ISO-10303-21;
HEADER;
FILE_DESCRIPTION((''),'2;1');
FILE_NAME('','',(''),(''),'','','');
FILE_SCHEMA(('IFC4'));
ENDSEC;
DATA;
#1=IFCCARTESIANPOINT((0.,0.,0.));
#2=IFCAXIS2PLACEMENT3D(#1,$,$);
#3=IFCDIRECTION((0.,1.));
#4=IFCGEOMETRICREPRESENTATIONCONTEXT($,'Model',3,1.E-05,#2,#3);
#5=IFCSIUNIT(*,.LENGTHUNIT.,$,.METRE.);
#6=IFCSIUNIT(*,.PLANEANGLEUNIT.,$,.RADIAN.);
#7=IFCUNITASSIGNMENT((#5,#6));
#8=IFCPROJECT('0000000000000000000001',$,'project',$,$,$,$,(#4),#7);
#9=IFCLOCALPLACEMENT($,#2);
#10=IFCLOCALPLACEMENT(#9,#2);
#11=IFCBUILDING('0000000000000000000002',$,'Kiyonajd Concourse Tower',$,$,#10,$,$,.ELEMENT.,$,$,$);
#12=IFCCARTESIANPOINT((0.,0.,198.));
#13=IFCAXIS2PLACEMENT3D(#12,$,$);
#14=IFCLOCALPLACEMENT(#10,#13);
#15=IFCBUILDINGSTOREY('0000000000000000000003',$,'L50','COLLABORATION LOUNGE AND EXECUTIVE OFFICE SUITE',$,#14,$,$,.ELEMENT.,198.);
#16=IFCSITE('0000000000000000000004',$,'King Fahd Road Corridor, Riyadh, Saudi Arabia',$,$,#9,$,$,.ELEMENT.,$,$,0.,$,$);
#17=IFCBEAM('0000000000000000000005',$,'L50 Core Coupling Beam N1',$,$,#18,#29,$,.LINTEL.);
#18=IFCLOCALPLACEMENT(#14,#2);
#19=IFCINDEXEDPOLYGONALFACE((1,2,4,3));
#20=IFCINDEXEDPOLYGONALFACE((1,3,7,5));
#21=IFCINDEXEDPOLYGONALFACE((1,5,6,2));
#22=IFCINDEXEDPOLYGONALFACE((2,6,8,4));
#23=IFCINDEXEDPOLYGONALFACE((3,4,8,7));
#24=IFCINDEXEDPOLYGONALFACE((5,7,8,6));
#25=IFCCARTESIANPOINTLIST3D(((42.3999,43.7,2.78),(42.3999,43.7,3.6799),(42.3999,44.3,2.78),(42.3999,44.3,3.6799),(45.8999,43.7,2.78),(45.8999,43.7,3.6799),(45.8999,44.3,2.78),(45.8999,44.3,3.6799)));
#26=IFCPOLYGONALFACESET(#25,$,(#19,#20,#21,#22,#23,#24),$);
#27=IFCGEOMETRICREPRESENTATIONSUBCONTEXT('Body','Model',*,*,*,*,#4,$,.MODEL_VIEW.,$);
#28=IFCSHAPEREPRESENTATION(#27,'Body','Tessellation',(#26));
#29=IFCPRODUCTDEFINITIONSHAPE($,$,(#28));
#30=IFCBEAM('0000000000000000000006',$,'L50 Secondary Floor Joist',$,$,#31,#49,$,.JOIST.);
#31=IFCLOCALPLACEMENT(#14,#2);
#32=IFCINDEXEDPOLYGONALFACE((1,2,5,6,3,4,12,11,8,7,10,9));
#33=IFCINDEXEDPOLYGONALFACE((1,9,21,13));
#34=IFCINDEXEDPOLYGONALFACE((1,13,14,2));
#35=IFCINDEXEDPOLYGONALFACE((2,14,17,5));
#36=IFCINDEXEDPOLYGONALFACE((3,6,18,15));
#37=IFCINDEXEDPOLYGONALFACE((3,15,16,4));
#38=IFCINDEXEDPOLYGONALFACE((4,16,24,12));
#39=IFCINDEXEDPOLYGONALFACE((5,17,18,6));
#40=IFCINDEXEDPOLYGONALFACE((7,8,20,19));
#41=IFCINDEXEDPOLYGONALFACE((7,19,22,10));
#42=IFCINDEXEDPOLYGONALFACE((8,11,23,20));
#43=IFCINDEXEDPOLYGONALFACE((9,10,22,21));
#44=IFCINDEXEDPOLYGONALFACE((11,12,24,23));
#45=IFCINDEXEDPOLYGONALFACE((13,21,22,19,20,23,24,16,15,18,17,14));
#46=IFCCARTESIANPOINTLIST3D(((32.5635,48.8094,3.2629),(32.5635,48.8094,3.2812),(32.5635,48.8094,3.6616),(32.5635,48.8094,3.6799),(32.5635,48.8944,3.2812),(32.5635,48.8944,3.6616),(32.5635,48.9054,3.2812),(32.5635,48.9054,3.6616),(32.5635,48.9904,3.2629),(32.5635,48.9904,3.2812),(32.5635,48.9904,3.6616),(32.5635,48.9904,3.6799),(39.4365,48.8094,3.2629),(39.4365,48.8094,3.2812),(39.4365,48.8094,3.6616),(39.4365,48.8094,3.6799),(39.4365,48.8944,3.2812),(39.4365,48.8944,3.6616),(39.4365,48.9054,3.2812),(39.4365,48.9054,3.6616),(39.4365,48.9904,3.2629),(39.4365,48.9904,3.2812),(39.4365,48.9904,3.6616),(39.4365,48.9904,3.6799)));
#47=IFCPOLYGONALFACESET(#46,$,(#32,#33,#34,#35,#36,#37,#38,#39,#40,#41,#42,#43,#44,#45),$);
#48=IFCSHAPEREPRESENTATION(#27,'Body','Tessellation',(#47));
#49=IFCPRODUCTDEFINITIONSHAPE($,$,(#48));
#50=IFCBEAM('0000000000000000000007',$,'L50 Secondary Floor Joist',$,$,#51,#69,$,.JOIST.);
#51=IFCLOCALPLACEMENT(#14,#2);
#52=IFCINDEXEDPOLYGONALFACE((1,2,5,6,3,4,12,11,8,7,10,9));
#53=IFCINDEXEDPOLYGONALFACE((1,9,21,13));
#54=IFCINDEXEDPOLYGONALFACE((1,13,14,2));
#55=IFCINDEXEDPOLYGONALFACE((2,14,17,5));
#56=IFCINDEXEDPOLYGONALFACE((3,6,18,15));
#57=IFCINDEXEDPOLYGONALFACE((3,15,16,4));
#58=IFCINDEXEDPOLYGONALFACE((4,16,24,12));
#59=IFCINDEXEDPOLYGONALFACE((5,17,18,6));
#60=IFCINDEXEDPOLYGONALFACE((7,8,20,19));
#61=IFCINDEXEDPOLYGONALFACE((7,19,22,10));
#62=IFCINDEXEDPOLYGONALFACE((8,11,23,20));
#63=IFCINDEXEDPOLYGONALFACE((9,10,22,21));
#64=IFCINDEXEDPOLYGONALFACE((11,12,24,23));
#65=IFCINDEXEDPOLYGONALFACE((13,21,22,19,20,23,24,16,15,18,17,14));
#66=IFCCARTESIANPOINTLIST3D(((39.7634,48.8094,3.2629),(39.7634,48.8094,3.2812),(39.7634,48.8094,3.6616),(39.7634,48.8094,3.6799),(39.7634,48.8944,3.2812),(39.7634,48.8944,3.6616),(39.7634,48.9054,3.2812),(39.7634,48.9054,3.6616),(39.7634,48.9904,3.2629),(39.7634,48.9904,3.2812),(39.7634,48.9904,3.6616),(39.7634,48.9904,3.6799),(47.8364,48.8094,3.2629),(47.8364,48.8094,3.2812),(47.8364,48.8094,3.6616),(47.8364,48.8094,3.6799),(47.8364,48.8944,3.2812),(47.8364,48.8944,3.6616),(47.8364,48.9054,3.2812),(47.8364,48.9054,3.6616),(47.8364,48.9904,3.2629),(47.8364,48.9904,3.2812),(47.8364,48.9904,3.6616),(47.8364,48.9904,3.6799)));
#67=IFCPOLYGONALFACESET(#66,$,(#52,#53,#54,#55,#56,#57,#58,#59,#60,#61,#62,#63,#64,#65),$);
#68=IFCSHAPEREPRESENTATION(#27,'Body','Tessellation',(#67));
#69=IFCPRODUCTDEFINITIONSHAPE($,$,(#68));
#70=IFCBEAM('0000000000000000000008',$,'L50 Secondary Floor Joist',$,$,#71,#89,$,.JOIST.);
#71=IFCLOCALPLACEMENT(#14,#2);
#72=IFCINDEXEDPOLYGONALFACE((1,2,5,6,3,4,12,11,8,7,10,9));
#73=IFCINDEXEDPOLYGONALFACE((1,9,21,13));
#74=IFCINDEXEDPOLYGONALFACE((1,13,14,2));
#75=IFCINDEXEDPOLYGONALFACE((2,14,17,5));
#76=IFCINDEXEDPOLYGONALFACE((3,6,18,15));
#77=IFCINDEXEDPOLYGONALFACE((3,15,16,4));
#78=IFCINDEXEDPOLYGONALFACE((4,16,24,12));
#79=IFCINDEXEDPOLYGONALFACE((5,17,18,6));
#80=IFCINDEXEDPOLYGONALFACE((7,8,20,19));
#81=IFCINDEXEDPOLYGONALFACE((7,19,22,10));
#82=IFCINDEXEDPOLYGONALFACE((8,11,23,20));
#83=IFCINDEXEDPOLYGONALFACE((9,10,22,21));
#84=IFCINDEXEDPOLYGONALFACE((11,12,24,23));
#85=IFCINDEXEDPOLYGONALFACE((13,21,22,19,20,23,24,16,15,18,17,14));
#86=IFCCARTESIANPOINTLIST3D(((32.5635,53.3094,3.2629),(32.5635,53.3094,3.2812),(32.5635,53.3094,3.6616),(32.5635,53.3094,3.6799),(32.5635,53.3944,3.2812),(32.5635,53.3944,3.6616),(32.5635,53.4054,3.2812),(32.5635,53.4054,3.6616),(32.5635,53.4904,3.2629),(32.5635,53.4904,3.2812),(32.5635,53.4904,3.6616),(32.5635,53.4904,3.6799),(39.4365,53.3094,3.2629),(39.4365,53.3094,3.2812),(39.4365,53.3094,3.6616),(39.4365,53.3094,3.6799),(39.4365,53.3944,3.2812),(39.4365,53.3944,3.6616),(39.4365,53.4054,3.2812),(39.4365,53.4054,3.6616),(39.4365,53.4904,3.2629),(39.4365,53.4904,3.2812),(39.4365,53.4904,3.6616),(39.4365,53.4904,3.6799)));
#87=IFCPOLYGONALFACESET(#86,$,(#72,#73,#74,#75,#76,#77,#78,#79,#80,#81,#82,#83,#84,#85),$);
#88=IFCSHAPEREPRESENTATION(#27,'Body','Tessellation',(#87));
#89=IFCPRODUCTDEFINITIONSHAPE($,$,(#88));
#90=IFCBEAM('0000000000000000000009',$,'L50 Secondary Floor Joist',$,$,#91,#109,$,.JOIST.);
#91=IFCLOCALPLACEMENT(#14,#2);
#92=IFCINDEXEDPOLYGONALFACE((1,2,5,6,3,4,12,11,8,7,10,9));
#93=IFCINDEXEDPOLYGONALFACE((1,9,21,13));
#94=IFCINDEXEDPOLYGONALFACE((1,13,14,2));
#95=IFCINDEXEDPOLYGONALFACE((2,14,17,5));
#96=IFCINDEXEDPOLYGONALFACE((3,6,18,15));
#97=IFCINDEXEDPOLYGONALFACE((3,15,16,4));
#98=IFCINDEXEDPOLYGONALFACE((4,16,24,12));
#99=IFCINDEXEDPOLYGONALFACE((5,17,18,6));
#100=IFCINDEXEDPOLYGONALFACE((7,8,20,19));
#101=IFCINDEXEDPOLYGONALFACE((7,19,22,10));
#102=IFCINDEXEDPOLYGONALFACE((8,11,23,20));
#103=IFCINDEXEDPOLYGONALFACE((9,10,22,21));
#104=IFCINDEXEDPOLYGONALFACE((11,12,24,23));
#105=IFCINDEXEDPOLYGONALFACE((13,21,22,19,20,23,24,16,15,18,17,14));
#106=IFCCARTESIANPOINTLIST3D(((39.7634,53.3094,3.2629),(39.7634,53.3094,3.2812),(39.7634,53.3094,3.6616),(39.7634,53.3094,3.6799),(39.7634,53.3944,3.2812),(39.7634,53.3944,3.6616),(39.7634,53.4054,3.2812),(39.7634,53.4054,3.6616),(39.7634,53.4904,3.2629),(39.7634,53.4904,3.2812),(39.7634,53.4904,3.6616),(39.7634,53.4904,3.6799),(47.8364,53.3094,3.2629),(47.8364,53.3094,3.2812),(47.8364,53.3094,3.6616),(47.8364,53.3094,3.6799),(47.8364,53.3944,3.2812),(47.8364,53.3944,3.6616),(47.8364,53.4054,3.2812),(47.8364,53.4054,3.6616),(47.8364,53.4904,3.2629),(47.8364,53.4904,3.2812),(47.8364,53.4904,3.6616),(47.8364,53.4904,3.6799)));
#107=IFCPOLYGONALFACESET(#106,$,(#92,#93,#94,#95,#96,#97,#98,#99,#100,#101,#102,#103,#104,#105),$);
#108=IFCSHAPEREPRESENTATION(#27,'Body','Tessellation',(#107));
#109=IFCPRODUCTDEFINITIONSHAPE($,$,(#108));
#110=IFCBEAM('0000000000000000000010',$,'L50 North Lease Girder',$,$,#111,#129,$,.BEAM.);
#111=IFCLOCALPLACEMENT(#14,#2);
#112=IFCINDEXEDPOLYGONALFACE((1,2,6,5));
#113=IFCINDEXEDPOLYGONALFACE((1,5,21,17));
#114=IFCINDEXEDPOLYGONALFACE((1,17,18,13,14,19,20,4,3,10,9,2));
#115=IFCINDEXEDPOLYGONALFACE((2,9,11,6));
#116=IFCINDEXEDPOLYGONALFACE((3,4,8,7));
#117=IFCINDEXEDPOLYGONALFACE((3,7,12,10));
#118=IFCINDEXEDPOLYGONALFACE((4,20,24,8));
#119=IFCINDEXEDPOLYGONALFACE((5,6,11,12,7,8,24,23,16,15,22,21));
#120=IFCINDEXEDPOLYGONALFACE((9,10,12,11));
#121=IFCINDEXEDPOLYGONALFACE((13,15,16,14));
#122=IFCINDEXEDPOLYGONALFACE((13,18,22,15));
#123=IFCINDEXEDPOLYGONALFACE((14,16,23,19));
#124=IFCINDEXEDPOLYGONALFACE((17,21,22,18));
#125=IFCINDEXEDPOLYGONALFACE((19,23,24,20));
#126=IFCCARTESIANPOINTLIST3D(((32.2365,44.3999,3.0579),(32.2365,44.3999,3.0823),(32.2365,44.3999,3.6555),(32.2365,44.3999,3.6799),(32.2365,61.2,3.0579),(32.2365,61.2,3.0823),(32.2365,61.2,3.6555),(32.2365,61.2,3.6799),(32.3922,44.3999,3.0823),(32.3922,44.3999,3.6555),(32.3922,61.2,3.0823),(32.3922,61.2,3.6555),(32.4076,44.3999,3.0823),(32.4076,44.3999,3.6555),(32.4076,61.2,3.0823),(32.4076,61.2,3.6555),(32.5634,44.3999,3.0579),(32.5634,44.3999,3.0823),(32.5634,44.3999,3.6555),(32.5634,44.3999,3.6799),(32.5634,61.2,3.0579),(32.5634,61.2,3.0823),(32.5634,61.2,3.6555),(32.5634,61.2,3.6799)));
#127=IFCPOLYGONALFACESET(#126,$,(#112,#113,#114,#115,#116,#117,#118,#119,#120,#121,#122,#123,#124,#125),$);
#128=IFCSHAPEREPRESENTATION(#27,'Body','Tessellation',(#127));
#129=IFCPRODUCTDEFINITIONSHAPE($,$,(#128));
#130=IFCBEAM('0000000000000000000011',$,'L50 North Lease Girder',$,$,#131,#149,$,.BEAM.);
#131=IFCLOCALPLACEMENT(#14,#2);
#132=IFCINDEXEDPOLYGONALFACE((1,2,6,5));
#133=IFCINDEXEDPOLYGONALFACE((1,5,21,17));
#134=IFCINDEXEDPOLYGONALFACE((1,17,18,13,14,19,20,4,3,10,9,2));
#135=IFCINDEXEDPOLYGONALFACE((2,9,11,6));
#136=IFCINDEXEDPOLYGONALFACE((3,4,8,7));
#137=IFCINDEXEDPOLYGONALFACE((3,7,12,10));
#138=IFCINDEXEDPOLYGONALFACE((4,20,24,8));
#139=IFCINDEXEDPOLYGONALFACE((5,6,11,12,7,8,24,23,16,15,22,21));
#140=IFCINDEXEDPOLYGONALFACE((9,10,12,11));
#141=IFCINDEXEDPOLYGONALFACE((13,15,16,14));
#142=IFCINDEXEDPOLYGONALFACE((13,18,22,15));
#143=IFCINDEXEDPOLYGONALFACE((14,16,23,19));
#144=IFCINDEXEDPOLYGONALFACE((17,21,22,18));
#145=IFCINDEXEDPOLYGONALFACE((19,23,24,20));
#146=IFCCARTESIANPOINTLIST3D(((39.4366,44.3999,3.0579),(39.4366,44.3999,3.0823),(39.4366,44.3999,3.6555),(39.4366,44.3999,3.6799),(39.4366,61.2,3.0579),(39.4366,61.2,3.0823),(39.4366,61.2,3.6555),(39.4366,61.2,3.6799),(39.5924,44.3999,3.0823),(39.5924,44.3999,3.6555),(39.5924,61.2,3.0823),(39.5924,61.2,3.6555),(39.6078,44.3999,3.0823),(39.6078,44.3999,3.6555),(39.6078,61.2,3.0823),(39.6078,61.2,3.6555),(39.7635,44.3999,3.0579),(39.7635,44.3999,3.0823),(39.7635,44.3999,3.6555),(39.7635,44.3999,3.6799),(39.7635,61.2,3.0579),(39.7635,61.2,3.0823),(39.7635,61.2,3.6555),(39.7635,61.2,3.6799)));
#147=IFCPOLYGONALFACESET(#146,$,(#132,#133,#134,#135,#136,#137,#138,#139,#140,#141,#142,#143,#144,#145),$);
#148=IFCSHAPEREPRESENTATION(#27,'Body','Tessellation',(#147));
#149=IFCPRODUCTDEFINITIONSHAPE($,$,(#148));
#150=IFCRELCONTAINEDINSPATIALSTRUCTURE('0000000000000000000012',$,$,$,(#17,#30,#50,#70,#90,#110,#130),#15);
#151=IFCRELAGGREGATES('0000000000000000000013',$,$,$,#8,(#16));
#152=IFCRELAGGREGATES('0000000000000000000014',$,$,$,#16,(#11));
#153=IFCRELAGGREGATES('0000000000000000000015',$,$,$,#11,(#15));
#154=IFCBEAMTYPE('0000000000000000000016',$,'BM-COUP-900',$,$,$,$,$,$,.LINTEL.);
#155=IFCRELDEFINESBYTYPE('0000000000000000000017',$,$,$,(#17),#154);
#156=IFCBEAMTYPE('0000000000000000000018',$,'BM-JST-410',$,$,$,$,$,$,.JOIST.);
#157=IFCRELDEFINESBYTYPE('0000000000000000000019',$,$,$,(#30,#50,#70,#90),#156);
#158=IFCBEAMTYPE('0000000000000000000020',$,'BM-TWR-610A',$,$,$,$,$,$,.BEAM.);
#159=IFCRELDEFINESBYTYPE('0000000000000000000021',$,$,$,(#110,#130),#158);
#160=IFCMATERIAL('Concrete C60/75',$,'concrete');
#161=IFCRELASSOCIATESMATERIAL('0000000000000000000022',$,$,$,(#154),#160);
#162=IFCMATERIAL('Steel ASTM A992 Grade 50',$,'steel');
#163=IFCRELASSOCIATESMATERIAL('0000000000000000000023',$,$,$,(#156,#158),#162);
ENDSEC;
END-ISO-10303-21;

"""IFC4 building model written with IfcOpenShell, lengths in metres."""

from ifc_helpers import new_model, si_unit, direction, frame, origin, origin_2d, place, context, subcontext, project, spatial, rectangle, i_section, extrude, material, material_profile, profile_set, type_object, element, save


model = new_model("IFC4")

# Units and contexts
model_context = context("Model", 3, precision=1e-05, world=origin(), true_north=direction((0.0, 1.0)))
body_context = subcontext(model_context, "Body", "Model", "MODEL_VIEW")
ifc_project = project(units=[si_unit("LENGTHUNIT", "METRE"), si_unit("PLANEANGLEUNIT", "RADIAN")], contexts=[model_context])

# Site, building, storey
site_placement = place(None, origin())
site = spatial("IfcSite", under=ifc_project, at=site_placement, Name="King Fahd Road Corridor, Riyadh, Saudi Arabia", CompositionType="ELEMENT", RefElevation=0.0)
building_placement = place(site_placement, origin())
building = spatial("IfcBuilding", under=site, at=building_placement, Name="Kiyonajd Concourse Tower", CompositionType="ELEMENT")
storey_placement = place(building_placement, frame((0.0, 0.0, 198.0)))
storey = spatial("IfcBuildingStorey", under=building, at=storey_placement, Name="L50", Description="COLLABORATION LOUNGE AND EXECUTIVE OFFICE SUITE", CompositionType="ELEMENT", Elevation=198.0)

# Beams
ifc_material_1 = material(Name="Concrete C60/75", Category="concrete")
ifc_material_profile_1 = material_profile(ifc_material_1, rectangle(XDim=0.6001, YDim=0.8999, at=origin_2d()), Name="RCBM-600x900")
ifc_profile_set_1 = profile_set([ifc_material_profile_1], Name="Concrete C60/75")
beam_type_1 = type_object("IfcBeamType", Name="BM-COUP-900", PredefinedType="LINTEL", material=ifc_profile_set_1)
beam_1_placement = place(storey_placement, frame((42.3999, 44.0, 3.23), z_axis=(1.0, 0.0, 0.0), x_axis=(0.0, 1.0, 0.0)))
element("IfcBeam", 1, at=beam_1_placement, inside=storey, type_object=beam_type_1, Name="L50 Core Coupling Beam N1", PredefinedType="LINTEL", context=body_context, shape_type="SweptSolid", body=[
    extrude(rectangle(XDim=0.6001, YDim=0.8999, at=origin_2d()), origin(), (0.0, 0.0, 1.0), 3.5),
])
ifc_material_2 = material(Name="Steel ASTM A992 Grade 50", Category="steel")
ifc_material_profile_2 = material_profile(ifc_material_2, i_section(OverallWidth=0.1809, OverallDepth=0.417, WebThickness=0.011, FlangeThickness=0.0183, at=origin_2d()), Name="W410X85")
ifc_profile_set_2 = profile_set([ifc_material_profile_2], Name="Steel ASTM A992 Grade 50")
beam_type_2 = type_object("IfcBeamType", Name="BM-JST-410", PredefinedType="JOIST", material=ifc_profile_set_2)
beam_2_placement = place(storey_placement, frame((32.5635, 48.8999, 3.4714), z_axis=(1.0, 0.0, 0.0), x_axis=(0.0, 1.0, 0.0)))
element("IfcBeam", 2, at=beam_2_placement, inside=storey, type_object=beam_type_2, Name="L50 Secondary Floor Joist", PredefinedType="JOIST", context=body_context, shape_type="SweptSolid", body=[
    extrude(i_section(OverallWidth=0.1809, OverallDepth=0.417, WebThickness=0.011, FlangeThickness=0.0183, at=origin_2d()), origin(), (0.0, 0.0, 1.0), 6.873),
])
beam_3_placement = place(storey_placement, frame((39.7634, 48.8999, 3.4714), z_axis=(1.0, 0.0, 0.0), x_axis=(0.0, 1.0, 0.0)))
element("IfcBeam", 3, at=beam_3_placement, inside=storey, type_object=beam_type_2, Name="L50 Secondary Floor Joist", PredefinedType="JOIST", context=body_context, shape_type="SweptSolid", body=[
    extrude(i_section(OverallWidth=0.1809, OverallDepth=0.417, WebThickness=0.011, FlangeThickness=0.0183, at=origin_2d()), origin(), (0.0, 0.0, 1.0), 8.073),
])
beam_4_placement = place(storey_placement, frame((32.5635, 53.3999, 3.4714), z_axis=(1.0, 0.0, 0.0), x_axis=(0.0, 1.0, 0.0)))
element("IfcBeam", 4, at=beam_4_placement, inside=storey, type_object=beam_type_2, Name="L50 Secondary Floor Joist", PredefinedType="JOIST", context=body_context, shape_type="SweptSolid", body=[
    extrude(i_section(OverallWidth=0.1809, OverallDepth=0.417, WebThickness=0.011, FlangeThickness=0.0183, at=origin_2d()), origin(), (0.0, 0.0, 1.0), 6.873),
])
beam_5_placement = place(storey_placement, frame((39.7634, 53.3999, 3.4714), z_axis=(1.0, 0.0, 0.0), x_axis=(0.0, 1.0, 0.0)))
element("IfcBeam", 5, at=beam_5_placement, inside=storey, type_object=beam_type_2, Name="L50 Secondary Floor Joist", PredefinedType="JOIST", context=body_context, shape_type="SweptSolid", body=[
    extrude(i_section(OverallWidth=0.1809, OverallDepth=0.417, WebThickness=0.011, FlangeThickness=0.0183, at=origin_2d()), origin(), (0.0, 0.0, 1.0), 8.073),
])
ifc_material_profile_3 = material_profile(ifc_material_2, i_section(OverallWidth=0.3269, OverallDepth=0.6221, WebThickness=0.0154, FlangeThickness=0.0244, at=origin_2d()), Name="W610X195")
ifc_profile_set_3 = profile_set([ifc_material_profile_3], Name="Steel ASTM A992 Grade 50")
beam_type_3 = type_object("IfcBeamType", Name="BM-TWR-610A", PredefinedType="BEAM", material=ifc_profile_set_3)
for number, where, z_axis, x_axis, name in (
    (6, (32.3999, 44.3999, 3.3689), (0.0, 1.0, 0.0), (-1.0, 0.0, 0.0), "L50 North Lease Girder"),
    (7, (39.6001, 44.3999, 3.3689), (0.0, 1.0, 0.0), (-1.0, 0.0, 0.0), "L50 North Lease Girder"),
):
    element("IfcBeam", number, at=place(storey_placement, frame(where, z_axis=z_axis, x_axis=x_axis)), inside=storey, type_object=beam_type_3, Name=name, PredefinedType="BEAM", context=body_context, shape_type="SweptSolid", body=[
        extrude(i_section(OverallWidth=0.3269, OverallDepth=0.6221, WebThickness=0.0154, FlangeThickness=0.0244, at=origin_2d()), origin(), (0.0, 0.0, 1.0), 16.8),
    ])

save(model, "model.ifc")
